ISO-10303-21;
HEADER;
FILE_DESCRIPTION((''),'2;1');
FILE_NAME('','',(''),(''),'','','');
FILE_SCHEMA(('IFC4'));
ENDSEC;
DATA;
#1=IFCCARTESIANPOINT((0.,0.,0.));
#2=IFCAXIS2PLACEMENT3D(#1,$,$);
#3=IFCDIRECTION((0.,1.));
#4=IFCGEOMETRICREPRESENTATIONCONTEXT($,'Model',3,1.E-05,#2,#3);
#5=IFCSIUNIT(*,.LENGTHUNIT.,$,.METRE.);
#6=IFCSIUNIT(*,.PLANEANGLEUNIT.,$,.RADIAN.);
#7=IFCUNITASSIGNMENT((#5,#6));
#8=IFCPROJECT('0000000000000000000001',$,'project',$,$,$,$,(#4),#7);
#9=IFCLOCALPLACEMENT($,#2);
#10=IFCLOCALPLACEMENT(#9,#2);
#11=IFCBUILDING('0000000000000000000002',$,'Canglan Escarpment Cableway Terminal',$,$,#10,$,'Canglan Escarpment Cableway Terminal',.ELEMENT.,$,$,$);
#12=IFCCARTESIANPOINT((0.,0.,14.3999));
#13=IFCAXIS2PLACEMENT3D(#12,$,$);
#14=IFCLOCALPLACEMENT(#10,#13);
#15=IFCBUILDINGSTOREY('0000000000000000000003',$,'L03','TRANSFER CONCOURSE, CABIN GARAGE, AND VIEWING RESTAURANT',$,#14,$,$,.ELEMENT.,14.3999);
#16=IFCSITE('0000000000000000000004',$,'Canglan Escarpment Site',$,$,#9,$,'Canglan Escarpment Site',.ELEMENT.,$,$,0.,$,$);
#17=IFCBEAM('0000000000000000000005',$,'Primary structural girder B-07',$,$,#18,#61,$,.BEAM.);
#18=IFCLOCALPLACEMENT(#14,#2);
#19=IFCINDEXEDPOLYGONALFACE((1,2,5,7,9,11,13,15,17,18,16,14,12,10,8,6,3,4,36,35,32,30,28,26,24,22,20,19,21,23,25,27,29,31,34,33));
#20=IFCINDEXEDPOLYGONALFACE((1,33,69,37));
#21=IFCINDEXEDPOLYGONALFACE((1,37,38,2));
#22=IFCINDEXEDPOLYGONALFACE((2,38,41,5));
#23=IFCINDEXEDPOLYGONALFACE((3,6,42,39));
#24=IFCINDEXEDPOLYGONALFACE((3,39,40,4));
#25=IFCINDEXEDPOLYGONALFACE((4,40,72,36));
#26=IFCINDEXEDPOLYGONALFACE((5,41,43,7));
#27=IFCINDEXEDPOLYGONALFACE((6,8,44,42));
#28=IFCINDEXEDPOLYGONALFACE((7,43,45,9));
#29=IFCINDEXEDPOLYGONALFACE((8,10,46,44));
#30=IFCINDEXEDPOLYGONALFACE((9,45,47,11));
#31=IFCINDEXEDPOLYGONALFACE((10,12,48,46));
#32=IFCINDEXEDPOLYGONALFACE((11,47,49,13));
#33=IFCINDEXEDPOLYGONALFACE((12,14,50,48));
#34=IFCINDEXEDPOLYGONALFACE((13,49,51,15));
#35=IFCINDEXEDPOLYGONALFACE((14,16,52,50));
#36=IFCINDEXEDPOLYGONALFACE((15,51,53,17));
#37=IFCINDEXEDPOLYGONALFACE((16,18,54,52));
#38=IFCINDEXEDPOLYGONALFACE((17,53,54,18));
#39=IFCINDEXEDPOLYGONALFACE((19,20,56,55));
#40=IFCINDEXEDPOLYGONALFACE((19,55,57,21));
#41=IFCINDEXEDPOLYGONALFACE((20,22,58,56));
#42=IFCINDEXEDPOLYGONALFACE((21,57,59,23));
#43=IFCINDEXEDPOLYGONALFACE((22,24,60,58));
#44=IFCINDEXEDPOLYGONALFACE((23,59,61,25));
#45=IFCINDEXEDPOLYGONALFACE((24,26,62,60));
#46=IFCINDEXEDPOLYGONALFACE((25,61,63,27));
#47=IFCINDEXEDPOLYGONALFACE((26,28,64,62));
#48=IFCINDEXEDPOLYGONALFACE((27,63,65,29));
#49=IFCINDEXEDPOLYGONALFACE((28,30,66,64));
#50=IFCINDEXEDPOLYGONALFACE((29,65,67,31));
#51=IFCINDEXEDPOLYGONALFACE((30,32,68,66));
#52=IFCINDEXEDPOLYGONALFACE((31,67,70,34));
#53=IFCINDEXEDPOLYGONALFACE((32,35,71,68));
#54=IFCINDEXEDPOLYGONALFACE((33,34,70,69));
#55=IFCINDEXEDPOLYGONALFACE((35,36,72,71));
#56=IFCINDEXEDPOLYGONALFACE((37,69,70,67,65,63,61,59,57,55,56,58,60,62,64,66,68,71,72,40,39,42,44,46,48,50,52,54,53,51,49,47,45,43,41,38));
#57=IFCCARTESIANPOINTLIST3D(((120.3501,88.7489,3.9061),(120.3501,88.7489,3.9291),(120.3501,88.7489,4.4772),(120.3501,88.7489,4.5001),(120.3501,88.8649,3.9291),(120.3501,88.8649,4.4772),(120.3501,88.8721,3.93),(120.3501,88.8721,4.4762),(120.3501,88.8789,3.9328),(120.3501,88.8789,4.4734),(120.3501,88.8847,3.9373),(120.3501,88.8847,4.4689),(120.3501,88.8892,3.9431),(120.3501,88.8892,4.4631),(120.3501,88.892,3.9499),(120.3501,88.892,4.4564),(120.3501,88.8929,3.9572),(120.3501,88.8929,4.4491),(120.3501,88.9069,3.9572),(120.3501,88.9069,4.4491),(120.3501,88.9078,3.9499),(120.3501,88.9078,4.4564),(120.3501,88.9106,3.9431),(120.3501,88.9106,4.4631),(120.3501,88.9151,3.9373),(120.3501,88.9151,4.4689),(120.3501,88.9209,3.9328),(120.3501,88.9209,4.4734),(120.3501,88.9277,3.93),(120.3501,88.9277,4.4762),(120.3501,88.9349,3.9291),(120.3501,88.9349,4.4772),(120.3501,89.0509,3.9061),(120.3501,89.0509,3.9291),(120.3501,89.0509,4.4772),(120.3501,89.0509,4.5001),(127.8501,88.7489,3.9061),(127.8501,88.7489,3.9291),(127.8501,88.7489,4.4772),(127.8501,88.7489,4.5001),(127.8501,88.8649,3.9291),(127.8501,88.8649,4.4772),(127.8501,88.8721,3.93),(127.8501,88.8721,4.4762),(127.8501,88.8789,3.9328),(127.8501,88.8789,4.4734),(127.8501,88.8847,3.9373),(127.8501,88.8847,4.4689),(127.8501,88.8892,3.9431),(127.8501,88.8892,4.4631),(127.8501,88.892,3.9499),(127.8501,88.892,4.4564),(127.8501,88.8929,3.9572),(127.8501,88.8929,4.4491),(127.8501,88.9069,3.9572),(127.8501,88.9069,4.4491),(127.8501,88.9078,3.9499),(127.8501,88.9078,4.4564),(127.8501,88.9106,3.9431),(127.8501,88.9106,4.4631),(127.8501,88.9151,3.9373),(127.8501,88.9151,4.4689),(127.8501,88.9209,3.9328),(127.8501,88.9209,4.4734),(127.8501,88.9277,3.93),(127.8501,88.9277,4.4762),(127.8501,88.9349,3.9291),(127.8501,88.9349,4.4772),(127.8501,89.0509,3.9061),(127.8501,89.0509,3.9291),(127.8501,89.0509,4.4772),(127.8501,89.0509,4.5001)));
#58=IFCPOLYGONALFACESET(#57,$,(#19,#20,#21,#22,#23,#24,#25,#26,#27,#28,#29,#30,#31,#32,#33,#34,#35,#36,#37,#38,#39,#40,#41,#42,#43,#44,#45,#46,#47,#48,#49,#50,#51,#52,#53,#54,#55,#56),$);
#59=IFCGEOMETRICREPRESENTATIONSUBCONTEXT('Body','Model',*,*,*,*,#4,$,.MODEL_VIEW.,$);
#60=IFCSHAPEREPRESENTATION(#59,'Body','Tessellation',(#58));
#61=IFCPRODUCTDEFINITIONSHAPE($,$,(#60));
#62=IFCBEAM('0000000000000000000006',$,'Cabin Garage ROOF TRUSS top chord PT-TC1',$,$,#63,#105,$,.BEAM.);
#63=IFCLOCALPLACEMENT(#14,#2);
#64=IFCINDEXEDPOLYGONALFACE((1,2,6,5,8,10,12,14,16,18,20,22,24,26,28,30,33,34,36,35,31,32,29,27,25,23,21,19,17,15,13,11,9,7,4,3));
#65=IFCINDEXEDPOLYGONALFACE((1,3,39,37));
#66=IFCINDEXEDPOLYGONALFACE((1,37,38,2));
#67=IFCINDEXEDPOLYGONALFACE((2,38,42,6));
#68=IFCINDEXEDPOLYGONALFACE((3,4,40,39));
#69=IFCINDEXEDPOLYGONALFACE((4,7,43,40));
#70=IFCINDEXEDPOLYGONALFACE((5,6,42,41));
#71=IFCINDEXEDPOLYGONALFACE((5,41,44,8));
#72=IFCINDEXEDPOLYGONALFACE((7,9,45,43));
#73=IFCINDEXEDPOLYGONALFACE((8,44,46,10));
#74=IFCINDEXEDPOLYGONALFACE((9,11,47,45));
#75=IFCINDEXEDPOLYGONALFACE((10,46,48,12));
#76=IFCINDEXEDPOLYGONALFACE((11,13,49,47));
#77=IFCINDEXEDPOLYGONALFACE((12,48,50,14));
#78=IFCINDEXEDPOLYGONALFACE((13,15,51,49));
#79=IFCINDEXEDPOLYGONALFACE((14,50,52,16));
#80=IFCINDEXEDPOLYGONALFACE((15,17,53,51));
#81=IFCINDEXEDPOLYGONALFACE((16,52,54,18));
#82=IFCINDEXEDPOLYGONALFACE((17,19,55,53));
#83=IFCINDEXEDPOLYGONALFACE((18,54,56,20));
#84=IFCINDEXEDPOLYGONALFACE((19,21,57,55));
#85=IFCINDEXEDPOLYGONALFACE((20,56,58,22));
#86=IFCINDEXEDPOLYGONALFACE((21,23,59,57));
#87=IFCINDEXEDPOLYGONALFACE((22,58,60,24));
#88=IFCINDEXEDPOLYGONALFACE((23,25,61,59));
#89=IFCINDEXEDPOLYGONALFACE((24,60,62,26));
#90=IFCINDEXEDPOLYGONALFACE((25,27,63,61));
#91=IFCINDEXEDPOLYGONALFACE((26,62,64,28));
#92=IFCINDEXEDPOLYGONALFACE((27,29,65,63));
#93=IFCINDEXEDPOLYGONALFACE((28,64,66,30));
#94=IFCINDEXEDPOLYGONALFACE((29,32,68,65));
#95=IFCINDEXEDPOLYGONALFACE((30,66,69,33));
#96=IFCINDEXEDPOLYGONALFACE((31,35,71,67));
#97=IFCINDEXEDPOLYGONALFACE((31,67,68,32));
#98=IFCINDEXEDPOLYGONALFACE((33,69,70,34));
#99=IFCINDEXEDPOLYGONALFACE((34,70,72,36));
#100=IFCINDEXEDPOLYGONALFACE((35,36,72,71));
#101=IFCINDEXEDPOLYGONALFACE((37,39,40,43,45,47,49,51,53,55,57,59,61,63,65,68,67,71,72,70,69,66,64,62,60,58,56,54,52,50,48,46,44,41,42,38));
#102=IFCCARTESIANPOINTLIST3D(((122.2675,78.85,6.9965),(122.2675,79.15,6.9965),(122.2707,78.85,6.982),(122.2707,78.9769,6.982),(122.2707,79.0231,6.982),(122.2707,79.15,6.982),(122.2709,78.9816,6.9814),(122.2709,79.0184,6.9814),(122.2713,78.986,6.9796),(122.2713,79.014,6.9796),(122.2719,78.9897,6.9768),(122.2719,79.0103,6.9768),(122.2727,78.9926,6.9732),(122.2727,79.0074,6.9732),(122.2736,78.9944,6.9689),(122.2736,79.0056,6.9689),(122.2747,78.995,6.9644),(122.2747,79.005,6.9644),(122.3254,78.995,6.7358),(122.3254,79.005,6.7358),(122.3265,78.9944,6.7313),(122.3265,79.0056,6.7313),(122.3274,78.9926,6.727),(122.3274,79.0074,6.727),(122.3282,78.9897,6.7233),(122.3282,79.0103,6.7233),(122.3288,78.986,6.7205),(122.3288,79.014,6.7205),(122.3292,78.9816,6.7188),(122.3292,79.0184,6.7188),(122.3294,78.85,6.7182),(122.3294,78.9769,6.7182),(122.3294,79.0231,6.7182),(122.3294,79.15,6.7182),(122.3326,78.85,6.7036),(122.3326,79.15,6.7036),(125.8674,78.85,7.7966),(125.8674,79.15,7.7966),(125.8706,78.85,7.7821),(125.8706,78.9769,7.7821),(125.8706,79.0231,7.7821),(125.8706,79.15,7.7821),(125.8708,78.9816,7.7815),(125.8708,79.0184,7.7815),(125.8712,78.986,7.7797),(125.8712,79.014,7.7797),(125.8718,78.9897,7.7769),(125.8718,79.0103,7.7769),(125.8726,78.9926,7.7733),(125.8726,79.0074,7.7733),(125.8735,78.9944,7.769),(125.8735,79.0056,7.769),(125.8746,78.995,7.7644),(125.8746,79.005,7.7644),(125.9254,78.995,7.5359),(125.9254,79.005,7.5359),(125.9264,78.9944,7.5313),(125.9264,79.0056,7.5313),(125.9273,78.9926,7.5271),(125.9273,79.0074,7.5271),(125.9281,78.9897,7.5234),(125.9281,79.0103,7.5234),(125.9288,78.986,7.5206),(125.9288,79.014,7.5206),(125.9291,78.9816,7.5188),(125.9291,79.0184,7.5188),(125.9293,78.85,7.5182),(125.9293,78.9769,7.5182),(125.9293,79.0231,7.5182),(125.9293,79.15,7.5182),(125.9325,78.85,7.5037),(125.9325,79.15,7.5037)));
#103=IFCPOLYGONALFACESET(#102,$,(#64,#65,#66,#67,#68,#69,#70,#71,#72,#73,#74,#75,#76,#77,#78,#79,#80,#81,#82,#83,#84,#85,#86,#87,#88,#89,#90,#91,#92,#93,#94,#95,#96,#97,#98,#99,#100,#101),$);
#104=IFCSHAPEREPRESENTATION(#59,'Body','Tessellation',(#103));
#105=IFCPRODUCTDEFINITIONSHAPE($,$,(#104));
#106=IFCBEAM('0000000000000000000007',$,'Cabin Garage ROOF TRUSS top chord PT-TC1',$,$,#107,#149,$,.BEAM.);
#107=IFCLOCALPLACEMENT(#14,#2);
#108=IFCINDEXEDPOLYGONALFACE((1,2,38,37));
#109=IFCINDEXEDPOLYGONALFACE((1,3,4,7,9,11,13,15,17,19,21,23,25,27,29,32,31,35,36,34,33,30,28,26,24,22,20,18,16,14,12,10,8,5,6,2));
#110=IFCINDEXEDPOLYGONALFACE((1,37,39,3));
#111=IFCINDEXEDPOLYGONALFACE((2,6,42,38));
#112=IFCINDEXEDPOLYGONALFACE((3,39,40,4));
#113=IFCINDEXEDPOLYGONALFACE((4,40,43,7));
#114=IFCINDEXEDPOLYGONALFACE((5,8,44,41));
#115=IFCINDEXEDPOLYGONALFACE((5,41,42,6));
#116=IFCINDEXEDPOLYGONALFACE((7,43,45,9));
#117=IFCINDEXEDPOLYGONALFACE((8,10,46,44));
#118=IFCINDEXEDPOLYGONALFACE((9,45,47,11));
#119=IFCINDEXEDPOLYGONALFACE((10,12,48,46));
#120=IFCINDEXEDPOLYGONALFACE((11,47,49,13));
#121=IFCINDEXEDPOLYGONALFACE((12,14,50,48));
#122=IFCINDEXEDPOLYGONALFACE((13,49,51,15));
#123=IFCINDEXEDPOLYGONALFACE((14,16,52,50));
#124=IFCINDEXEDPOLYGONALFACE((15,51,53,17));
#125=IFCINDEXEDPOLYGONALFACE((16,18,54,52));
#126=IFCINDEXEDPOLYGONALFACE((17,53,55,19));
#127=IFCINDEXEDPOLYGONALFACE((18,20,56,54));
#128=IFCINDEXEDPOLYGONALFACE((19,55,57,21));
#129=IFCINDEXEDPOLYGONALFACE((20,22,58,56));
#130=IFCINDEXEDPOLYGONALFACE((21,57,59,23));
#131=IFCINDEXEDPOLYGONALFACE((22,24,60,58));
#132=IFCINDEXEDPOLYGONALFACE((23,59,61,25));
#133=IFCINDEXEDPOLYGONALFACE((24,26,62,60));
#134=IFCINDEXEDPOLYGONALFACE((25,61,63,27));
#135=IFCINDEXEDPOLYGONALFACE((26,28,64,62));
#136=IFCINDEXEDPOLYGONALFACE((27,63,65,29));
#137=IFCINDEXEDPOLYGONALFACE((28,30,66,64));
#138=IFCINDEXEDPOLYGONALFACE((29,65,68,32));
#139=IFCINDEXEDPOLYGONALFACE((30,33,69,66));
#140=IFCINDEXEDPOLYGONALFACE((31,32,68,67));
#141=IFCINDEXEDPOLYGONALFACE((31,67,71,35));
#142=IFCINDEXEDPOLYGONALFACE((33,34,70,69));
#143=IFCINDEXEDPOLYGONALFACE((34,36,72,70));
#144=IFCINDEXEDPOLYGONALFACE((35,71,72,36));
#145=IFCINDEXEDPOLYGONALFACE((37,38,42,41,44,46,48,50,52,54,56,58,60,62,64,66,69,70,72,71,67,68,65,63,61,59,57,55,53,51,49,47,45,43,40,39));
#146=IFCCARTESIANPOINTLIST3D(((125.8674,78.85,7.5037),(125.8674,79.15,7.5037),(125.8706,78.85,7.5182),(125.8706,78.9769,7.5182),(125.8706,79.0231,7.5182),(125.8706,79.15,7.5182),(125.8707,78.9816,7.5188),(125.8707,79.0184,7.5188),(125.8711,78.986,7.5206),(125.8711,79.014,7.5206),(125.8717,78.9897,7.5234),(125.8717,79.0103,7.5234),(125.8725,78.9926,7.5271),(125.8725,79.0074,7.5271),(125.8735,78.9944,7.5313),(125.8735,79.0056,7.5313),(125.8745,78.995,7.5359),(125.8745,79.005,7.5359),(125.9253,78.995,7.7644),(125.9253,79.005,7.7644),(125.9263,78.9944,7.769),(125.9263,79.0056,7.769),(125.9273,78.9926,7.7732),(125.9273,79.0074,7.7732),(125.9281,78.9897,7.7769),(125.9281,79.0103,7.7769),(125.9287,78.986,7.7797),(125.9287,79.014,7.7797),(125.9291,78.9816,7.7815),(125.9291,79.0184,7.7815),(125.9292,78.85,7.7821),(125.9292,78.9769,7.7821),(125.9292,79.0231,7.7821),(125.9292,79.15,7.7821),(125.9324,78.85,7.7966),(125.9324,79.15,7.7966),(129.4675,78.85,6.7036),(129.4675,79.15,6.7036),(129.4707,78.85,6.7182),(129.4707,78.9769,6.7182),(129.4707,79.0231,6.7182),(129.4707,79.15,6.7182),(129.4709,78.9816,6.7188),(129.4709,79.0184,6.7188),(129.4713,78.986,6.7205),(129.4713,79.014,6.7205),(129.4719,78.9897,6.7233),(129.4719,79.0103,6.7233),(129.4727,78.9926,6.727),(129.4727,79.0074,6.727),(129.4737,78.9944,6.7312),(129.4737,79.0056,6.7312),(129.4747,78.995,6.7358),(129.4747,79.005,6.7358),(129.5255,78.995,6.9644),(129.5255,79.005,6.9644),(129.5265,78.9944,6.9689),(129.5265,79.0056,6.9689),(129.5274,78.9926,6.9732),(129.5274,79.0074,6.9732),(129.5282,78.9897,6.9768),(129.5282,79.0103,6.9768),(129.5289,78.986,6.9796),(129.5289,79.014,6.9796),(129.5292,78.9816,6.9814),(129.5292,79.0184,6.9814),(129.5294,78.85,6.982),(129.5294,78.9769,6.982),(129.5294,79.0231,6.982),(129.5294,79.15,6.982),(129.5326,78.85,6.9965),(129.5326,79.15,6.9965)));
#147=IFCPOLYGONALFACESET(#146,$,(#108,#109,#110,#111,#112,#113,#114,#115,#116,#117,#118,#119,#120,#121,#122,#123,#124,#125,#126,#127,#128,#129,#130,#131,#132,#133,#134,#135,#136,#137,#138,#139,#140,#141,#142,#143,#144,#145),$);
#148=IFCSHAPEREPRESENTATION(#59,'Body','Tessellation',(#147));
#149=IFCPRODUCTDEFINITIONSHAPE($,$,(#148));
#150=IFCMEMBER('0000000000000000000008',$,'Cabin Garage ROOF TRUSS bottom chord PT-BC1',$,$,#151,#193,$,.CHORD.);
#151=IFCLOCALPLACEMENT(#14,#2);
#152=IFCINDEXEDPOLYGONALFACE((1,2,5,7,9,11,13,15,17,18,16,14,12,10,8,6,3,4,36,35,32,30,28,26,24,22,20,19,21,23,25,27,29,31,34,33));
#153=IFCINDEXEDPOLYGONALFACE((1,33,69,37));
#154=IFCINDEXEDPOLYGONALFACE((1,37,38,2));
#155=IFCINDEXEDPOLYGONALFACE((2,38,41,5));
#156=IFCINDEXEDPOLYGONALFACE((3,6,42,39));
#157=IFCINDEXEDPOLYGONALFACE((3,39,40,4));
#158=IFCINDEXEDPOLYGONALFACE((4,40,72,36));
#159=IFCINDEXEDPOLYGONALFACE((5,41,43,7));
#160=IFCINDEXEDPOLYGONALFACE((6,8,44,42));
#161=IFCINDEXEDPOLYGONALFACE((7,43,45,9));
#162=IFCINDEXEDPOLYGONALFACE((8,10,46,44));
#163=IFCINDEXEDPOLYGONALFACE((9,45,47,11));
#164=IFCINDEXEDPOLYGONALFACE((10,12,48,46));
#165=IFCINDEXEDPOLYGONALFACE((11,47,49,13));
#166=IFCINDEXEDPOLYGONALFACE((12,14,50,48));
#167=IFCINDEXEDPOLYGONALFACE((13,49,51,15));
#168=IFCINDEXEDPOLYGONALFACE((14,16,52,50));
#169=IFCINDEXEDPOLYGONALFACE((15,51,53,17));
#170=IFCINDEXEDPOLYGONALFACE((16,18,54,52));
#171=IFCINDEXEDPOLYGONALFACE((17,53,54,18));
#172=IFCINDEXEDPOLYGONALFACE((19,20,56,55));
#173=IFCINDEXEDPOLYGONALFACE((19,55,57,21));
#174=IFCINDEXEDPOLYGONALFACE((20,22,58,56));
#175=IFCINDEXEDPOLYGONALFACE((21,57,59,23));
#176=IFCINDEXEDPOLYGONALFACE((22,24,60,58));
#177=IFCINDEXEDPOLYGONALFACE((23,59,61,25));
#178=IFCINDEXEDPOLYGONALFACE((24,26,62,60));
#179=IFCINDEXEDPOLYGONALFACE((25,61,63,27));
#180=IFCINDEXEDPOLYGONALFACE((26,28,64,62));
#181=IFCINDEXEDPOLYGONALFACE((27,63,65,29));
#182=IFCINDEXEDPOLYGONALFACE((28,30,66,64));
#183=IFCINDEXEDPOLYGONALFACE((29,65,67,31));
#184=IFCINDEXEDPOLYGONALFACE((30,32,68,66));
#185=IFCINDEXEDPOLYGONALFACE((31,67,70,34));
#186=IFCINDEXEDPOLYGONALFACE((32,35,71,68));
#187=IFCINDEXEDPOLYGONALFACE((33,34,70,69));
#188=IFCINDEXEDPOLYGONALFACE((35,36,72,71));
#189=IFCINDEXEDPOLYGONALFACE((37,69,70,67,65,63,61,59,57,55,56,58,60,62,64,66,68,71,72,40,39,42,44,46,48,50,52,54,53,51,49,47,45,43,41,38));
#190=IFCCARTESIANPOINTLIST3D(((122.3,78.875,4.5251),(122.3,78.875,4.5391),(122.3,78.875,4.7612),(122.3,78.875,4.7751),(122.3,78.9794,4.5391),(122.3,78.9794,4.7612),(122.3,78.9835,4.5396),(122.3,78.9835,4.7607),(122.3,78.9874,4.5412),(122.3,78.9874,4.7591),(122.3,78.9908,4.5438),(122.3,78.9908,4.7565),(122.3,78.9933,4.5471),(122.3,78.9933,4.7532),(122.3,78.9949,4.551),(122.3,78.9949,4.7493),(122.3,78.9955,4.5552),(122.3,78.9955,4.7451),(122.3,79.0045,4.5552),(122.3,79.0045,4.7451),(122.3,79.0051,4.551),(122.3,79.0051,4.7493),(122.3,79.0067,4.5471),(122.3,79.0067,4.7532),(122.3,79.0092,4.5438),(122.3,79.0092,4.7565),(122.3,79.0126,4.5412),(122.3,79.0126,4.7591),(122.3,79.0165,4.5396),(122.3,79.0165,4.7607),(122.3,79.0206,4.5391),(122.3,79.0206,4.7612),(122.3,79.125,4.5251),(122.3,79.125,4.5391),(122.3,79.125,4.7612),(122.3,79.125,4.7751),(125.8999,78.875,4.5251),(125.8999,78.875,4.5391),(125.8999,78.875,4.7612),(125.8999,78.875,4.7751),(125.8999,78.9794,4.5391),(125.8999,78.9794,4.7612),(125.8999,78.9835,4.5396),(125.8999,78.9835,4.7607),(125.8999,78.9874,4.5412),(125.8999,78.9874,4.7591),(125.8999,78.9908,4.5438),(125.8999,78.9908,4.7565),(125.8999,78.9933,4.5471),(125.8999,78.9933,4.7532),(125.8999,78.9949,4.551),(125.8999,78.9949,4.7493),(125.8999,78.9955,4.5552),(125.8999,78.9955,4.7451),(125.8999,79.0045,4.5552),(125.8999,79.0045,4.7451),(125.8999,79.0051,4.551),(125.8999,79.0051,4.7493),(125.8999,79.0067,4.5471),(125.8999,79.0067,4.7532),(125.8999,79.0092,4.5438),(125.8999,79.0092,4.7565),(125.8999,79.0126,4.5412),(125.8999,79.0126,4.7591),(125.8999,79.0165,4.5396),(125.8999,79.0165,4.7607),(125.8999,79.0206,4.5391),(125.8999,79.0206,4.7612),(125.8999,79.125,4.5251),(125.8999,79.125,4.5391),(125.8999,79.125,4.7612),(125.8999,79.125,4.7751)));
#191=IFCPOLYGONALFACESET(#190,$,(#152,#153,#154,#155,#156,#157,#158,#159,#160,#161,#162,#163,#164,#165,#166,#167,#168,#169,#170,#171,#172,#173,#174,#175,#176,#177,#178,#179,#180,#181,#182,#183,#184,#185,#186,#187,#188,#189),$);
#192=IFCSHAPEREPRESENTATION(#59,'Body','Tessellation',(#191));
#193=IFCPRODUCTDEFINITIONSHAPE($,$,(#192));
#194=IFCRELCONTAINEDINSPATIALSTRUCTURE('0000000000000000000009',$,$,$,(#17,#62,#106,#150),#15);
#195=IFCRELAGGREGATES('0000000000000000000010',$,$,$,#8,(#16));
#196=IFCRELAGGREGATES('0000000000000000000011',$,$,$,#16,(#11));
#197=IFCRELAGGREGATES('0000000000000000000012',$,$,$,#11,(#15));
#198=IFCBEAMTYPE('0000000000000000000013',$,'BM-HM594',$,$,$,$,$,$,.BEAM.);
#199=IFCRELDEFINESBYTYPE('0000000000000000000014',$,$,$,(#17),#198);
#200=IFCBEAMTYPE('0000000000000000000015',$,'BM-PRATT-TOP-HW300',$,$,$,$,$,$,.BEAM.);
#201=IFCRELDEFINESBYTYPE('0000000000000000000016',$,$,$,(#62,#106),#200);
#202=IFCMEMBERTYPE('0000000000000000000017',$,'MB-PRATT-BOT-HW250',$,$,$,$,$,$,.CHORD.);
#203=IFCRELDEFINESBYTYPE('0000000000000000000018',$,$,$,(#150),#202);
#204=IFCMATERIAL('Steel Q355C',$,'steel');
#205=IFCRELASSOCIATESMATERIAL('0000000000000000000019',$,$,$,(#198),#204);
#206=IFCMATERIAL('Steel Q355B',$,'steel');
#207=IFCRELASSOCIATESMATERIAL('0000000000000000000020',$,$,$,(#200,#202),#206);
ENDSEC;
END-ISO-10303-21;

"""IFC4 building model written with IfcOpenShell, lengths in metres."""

from ifc_helpers import new_model, si_unit, direction, frame, origin, origin_2d, place, context, subcontext, project, spatial, i_section, extrude, material, material_profile, profile_set, type_object, element, save


model = new_model("IFC4")

# Units and contexts
model_context = context("Model", 3, precision=1e-05, world=origin(), true_north=direction((0.0, 1.0)))
body_context = subcontext(model_context, "Body", "Model", "MODEL_VIEW")
ifc_project = project(units=[si_unit("LENGTHUNIT", "METRE"), si_unit("PLANEANGLEUNIT", "RADIAN")], contexts=[model_context])

# Site, building, storey
site_placement = place(None, origin())
site = spatial("IfcSite", under=ifc_project, at=site_placement, Name="Canglan Escarpment Site", LongName="Canglan Escarpment Site", CompositionType="ELEMENT", RefElevation=0.0)
building_placement = place(site_placement, origin())
building = spatial("IfcBuilding", under=site, at=building_placement, Name="Canglan Escarpment Cableway Terminal", LongName="Canglan Escarpment Cableway Terminal", CompositionType="ELEMENT")
storey_placement = place(building_placement, frame((0.0, 0.0, 14.3999)))
storey = spatial("IfcBuildingStorey", under=building, at=storey_placement, Name="L03", Description="TRANSFER CONCOURSE, CABIN GARAGE, AND VIEWING RESTAURANT", CompositionType="ELEMENT", Elevation=14.3999)

# Beams
ifc_material_1 = material(Name="Steel Q355C", Category="steel")
ifc_material_profile_1 = material_profile(ifc_material_1, i_section(OverallWidth=0.302, OverallDepth=0.594, WebThickness=0.0139, FlangeThickness=0.0229, FilletRadius=0.0281, at=origin_2d()), Name="HM 594x302x14x23")
ifc_profile_set_1 = profile_set([ifc_material_profile_1], Name="Steel Q355C")
beam_type_1 = type_object("IfcBeamType", Name="BM-HM594", PredefinedType="BEAM", material=ifc_profile_set_1)
beam_1_placement = place(storey_placement, frame((120.3501, 88.8999, 4.2031), z_axis=(1.0, 0.0, 0.0), x_axis=(0.0, 1.0, 0.0)))
element("IfcBeam", 1, at=beam_1_placement, inside=storey, type_object=beam_type_1, Name="Primary structural girder B-07", PredefinedType="BEAM", context=body_context, shape_type="SweptSolid", body=[
    extrude(i_section(OverallWidth=0.302, OverallDepth=0.594, WebThickness=0.0139, FlangeThickness=0.0229, FilletRadius=0.0281, at=origin_2d()), origin(), (0.0, 0.0, 1.0), 7.5),
])
ifc_material_2 = material(Name="Steel Q355B", Category="steel")
ifc_material_profile_2 = material_profile(ifc_material_2, i_section(OverallWidth=0.3, OverallDepth=0.3, WebThickness=0.01, FlangeThickness=0.0149, FilletRadius=0.0181, at=origin_2d()), Name="HW 300x300x10x15")
ifc_profile_set_2 = profile_set([ifc_material_profile_2], Name="Steel Q355B")
beam_type_2 = type_object("IfcBeamType", Name="BM-PRATT-TOP-HW300", PredefinedType="BEAM", material=ifc_profile_set_2)
beam_2_placement = place(storey_placement, frame((122.3, 79.0, 6.8501), z_axis=(0.976182, 0.0, 0.216951), x_axis=(0.0, 1.0, 0.0)))
element("IfcBeam", 2, at=beam_2_placement, inside=storey, type_object=beam_type_2, Name="Cabin Garage ROOF TRUSS top chord PT-TC1", PredefinedType="BEAM", context=body_context, shape_type="SweptSolid", body=[
    extrude(i_section(OverallWidth=0.3, OverallDepth=0.3, WebThickness=0.01, FlangeThickness=0.0149, FilletRadius=0.0181, at=origin_2d()), origin(), (0.0, 0.0, 1.0), 3.6877),
])
beam_3_placement = place(storey_placement, frame((125.8999, 79.0, 7.6501), z_axis=(0.976186, 0.0, -0.216937), x_axis=(0.0, 1.0, 0.0)))
element("IfcBeam", 3, at=beam_3_placement, inside=storey, type_object=beam_type_2, Name="Cabin Garage ROOF TRUSS top chord PT-TC1", PredefinedType="BEAM", context=body_context, shape_type="SweptSolid", body=[
    extrude(i_section(OverallWidth=0.3, OverallDepth=0.3, WebThickness=0.01, FlangeThickness=0.0149, FilletRadius=0.0181, at=origin_2d()), origin(), (0.0, 0.0, 1.0), 3.688),
])

# Member
ifc_material_profile_3 = material_profile(ifc_material_2, i_section(OverallWidth=0.25, OverallDepth=0.25, WebThickness=0.009, FlangeThickness=0.0139, FilletRadius=0.0161, at=origin_2d()), Name="HW 250x250x9x14")
ifc_profile_set_3 = profile_set([ifc_material_profile_3], Name="Steel Q355B")
member_type_1 = type_object("IfcMemberType", Name="MB-PRATT-BOT-HW250", PredefinedType="CHORD", material=ifc_profile_set_3)
member_1_placement = place(storey_placement, frame((122.3, 79.0, 4.6501), z_axis=(1.0, 0.0, 0.0), x_axis=(0.0, 1.0, 0.0)))
element("IfcMember", 4, at=member_1_placement, inside=storey, type_object=member_type_1, Name="Cabin Garage ROOF TRUSS bottom chord PT-BC1", PredefinedType="CHORD", context=body_context, shape_type="SweptSolid", body=[
    extrude(i_section(OverallWidth=0.25, OverallDepth=0.25, WebThickness=0.009, FlangeThickness=0.0139, FilletRadius=0.0161, at=origin_2d()), origin(), (0.0, 0.0, 1.0), 3.5999),
])

save(model, "model.ifc")
